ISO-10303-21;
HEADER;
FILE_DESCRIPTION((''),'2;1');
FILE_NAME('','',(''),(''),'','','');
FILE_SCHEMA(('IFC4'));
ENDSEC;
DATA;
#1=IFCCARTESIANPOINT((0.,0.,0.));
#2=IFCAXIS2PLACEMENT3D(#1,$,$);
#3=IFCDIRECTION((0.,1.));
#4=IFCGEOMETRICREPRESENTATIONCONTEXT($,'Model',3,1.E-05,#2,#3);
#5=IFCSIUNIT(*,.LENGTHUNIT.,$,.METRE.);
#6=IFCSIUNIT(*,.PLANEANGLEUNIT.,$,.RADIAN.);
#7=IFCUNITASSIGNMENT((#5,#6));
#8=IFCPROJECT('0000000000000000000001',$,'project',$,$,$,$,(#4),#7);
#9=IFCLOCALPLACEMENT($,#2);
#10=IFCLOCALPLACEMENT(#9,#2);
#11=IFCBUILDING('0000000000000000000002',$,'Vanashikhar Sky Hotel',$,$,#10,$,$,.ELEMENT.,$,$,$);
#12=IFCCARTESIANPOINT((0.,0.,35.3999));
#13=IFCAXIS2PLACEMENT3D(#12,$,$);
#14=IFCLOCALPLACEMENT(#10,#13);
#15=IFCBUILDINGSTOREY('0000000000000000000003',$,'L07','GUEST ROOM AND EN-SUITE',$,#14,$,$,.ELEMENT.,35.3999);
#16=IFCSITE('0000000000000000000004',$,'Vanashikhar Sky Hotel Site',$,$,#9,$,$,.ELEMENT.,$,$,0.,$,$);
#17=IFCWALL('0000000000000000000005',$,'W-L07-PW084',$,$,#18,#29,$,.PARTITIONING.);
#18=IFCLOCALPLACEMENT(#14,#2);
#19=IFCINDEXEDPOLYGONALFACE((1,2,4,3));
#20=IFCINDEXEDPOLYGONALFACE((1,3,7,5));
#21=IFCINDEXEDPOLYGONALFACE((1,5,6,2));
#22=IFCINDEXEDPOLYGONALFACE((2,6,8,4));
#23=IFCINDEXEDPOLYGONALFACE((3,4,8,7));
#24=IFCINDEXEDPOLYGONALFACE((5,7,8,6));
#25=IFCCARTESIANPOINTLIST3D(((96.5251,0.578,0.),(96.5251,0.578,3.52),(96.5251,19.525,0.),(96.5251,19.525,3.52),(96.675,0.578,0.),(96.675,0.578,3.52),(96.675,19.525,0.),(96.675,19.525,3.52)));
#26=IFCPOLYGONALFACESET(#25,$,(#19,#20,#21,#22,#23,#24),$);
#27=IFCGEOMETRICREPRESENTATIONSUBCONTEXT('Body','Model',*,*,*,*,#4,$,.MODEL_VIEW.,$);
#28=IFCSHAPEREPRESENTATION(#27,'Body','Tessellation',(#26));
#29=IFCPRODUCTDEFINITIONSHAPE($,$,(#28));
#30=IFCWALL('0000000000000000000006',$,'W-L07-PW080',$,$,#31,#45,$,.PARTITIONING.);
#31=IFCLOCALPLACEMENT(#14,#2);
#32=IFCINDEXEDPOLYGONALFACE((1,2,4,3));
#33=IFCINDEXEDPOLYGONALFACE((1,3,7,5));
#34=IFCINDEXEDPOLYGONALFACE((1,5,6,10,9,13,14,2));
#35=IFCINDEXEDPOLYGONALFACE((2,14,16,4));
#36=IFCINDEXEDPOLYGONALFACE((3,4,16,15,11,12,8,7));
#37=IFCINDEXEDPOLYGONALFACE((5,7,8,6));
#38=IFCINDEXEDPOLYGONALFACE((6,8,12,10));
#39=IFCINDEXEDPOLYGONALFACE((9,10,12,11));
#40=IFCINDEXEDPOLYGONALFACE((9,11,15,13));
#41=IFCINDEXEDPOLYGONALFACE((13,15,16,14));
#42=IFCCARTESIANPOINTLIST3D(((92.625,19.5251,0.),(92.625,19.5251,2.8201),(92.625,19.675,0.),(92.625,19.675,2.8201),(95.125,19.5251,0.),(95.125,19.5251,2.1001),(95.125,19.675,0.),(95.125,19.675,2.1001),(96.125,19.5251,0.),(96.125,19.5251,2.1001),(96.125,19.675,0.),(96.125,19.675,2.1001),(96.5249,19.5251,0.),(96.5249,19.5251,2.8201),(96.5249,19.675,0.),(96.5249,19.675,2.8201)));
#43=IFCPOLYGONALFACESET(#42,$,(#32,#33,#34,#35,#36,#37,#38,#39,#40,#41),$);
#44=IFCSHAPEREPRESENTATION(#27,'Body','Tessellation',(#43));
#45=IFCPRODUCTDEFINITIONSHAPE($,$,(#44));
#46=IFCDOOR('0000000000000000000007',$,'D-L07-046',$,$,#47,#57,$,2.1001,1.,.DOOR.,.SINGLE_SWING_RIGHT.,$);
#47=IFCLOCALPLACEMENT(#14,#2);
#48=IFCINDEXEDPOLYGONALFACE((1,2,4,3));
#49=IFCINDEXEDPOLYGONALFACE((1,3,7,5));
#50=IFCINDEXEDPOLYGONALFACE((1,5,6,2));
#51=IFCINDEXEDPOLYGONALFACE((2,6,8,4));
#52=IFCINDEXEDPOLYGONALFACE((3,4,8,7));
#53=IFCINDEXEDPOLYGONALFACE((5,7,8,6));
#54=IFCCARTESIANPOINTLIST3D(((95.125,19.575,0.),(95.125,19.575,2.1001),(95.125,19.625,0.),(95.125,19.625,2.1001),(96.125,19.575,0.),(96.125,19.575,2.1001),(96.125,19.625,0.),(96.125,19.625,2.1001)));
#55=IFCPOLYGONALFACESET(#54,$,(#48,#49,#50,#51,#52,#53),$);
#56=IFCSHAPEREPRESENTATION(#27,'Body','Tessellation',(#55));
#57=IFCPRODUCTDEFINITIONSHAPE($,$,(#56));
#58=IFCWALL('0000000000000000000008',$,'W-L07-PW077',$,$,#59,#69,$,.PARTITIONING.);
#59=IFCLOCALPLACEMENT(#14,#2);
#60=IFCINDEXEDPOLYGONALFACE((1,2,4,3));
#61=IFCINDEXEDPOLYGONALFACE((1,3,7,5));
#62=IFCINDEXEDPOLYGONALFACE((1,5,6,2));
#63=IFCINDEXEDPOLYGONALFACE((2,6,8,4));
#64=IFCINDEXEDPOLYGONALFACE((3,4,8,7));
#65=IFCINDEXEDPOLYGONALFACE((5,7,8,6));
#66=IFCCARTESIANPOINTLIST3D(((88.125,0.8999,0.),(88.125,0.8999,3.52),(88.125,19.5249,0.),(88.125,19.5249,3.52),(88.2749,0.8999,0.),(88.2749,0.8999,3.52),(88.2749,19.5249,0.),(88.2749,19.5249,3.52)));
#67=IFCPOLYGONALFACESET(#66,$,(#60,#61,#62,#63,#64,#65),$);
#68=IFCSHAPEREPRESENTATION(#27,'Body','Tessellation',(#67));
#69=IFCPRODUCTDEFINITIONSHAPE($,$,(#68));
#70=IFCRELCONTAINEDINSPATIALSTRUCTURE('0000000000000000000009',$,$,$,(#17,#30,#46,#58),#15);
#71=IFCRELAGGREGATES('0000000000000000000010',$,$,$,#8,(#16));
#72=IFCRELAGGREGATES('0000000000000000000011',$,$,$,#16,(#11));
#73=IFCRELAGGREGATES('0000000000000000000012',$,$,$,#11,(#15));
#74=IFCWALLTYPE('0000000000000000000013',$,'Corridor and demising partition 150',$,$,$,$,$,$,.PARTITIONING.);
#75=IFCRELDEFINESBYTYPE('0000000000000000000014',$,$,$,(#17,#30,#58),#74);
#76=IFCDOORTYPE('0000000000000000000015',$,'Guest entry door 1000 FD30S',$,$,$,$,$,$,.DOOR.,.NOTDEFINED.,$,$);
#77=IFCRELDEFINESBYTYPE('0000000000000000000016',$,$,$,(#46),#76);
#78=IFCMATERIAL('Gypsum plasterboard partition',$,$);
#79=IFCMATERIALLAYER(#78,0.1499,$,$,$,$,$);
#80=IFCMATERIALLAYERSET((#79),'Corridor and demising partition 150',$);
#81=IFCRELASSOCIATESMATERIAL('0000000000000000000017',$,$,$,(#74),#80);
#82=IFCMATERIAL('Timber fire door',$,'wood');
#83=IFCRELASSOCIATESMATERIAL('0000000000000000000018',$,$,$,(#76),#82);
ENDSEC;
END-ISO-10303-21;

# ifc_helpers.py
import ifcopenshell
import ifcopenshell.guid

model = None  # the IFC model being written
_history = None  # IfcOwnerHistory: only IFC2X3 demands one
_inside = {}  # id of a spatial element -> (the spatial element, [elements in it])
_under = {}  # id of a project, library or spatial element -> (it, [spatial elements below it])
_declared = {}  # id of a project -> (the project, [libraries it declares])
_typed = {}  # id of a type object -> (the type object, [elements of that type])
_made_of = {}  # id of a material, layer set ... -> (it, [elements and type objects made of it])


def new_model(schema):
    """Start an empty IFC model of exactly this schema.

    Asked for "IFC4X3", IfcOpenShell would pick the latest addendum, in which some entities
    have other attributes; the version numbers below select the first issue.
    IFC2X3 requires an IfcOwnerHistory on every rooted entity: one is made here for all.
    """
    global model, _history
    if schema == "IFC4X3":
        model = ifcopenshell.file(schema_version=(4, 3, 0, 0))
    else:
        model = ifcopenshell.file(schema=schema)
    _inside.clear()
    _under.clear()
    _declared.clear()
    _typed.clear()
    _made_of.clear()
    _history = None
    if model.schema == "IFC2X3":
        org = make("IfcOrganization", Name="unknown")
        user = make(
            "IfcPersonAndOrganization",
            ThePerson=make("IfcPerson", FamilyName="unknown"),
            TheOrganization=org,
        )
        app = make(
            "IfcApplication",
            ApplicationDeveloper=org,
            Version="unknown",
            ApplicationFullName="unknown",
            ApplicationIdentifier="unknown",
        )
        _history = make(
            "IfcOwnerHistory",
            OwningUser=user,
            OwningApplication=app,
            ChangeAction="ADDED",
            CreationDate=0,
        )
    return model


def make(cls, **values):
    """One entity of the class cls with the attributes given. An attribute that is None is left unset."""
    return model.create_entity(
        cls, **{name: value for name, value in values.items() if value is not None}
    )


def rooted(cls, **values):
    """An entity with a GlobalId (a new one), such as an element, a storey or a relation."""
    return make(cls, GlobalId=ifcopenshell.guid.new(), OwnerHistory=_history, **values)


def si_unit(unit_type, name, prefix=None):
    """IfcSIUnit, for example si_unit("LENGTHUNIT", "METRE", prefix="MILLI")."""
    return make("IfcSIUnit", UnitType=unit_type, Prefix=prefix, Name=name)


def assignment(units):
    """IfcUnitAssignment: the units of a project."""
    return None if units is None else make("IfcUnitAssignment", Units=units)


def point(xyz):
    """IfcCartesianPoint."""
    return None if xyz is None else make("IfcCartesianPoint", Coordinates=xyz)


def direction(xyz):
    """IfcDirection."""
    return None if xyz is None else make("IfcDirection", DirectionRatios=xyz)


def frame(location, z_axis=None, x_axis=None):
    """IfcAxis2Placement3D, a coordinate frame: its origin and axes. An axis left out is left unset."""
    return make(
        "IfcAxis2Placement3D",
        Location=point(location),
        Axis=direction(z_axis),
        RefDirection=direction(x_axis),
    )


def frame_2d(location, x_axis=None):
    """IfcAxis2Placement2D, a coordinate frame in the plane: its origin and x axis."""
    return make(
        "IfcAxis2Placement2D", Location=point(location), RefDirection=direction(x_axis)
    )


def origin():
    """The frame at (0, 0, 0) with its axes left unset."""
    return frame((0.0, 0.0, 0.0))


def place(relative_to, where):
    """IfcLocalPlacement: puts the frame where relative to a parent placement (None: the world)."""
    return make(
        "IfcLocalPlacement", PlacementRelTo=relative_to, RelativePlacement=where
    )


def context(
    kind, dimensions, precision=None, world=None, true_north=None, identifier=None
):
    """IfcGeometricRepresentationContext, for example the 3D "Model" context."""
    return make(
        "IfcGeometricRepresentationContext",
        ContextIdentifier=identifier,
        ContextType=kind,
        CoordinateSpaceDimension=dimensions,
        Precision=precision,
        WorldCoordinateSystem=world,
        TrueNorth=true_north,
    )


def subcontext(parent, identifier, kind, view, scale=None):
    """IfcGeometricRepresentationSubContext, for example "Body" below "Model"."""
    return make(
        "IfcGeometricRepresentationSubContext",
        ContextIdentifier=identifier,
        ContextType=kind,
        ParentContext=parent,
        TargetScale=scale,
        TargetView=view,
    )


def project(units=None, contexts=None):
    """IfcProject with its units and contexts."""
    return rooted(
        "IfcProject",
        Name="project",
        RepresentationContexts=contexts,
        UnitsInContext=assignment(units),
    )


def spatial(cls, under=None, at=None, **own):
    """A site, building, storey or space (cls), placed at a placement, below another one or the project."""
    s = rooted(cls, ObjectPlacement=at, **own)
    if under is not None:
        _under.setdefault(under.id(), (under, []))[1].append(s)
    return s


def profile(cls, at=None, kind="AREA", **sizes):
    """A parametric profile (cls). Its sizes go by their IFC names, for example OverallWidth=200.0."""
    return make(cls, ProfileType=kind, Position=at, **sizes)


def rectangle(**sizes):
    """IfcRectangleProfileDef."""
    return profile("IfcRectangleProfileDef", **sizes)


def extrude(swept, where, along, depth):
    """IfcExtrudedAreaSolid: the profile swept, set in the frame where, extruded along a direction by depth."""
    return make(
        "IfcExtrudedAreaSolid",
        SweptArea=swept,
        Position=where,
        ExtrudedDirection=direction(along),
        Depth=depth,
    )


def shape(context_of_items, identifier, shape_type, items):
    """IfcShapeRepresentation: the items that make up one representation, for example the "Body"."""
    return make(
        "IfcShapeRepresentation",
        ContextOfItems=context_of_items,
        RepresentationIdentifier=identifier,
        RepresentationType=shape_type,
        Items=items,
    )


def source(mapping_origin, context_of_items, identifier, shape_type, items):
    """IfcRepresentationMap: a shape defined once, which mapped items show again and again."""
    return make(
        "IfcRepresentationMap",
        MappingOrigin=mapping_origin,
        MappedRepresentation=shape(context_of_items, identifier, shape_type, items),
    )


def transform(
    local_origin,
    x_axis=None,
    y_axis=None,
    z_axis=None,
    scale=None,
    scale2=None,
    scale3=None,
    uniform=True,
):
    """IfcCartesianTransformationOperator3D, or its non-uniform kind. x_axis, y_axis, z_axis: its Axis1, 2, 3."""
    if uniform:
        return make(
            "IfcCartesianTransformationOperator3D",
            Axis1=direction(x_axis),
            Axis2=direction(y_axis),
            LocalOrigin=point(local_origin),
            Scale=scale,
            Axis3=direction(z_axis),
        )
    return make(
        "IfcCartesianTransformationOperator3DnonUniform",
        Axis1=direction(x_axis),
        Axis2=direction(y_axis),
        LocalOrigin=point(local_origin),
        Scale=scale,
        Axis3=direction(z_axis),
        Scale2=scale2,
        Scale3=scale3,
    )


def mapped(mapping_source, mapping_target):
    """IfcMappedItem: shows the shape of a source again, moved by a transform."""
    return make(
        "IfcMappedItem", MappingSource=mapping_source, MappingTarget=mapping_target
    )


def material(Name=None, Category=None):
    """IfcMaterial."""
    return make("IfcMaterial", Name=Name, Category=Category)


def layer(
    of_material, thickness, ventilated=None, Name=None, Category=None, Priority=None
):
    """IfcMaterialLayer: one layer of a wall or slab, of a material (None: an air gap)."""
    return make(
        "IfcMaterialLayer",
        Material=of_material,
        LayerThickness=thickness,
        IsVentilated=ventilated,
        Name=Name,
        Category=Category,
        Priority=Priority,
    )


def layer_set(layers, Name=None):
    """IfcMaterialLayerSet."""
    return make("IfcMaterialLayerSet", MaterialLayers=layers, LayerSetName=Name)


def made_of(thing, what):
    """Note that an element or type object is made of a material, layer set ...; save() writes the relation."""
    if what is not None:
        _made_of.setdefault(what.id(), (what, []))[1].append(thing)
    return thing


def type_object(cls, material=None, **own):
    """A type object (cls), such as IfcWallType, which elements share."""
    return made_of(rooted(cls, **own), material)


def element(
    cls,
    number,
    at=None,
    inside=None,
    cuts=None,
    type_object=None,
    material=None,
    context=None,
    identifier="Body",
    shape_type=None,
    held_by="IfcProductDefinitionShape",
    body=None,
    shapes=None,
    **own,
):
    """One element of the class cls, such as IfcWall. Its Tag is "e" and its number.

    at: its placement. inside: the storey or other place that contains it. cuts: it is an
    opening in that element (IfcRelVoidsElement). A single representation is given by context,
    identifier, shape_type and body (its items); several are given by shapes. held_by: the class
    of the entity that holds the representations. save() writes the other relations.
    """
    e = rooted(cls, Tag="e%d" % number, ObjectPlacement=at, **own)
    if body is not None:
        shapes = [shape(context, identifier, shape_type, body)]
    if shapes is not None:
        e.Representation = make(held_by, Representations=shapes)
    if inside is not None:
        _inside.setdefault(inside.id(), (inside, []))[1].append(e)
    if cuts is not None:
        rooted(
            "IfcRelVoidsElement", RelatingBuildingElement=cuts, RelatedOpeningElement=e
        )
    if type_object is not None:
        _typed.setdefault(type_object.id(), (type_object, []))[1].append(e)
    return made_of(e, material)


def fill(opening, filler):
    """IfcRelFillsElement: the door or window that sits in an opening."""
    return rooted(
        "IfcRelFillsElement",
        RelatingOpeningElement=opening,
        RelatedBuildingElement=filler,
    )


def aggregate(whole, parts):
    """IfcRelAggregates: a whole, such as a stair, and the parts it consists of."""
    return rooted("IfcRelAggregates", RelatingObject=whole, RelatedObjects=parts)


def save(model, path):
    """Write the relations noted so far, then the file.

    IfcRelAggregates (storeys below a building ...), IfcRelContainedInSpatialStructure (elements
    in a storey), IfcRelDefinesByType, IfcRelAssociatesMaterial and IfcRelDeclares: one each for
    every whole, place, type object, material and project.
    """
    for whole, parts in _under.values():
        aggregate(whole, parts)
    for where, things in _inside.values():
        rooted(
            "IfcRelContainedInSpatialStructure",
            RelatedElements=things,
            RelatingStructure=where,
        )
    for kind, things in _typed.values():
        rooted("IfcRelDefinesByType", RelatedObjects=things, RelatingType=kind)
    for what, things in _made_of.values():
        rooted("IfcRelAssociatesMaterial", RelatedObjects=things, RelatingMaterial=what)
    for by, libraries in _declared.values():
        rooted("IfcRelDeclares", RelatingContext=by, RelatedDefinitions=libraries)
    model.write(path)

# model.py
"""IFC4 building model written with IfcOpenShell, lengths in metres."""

from ifc_helpers import new_model, si_unit, direction, frame, frame_2d, origin, place, context, subcontext, project, spatial, rectangle, extrude, source, transform, mapped, material, layer, layer_set, type_object, element, fill, save


model = new_model("IFC4")

# Units and contexts
model_context = context("Model", 3, precision=1e-05, world=origin(), true_north=direction((0.0, 1.0)))
body_context = subcontext(model_context, "Body", "Model", "MODEL_VIEW")
ifc_project = project(units=[si_unit("LENGTHUNIT", "METRE"), si_unit("PLANEANGLEUNIT", "RADIAN")], contexts=[model_context])

# Site, building, storey
site_placement = place(None, origin())
site = spatial("IfcSite", under=ifc_project, at=site_placement, Name="Vanashikhar Sky Hotel Site", CompositionType="ELEMENT", RefElevation=0.0)
building_placement = place(site_placement, origin())
building = spatial("IfcBuilding", under=site, at=building_placement, Name="Vanashikhar Sky Hotel", CompositionType="ELEMENT")
storey_placement = place(building_placement, frame((0.0, 0.0, 35.3999)))
storey = spatial("IfcBuildingStorey", under=building, at=storey_placement, Name="L07", Description="GUEST ROOM AND EN-SUITE", CompositionType="ELEMENT", Elevation=35.3999)

# Shared definitions
ifc_material_1 = material(Name="Gypsum plasterboard partition")

# Shared definitions
ifc_layer_1 = layer(ifc_material_1, 0.1499)
ifc_layer_set_1 = layer_set([ifc_layer_1], Name="Corridor and demising partition 150")
wall_type_1 = type_object("IfcWallType", Name="Corridor and demising partition 150", PredefinedType="PARTITIONING", material=ifc_layer_set_1)
shared_shape_1 = source(origin(), body_context, "Body", "SweptSolid", [
    extrude(rectangle(XDim=1.0, YDim=2.1001, at=frame_2d((0.5, 1.05))), frame((0.0, 0.085, 0.0), z_axis=(0.0, -1.0, 0.0), x_axis=(1.0, 0.0, 0.0)), (0.0, 0.0, 1.0), 0.1699),
])
ifc_material_2 = material(Name="Timber fire door", Category="wood")
door_type_1 = type_object("IfcDoorType", Name="Guest entry door 1000 FD30S", OperationType="NOTDEFINED", PredefinedType="DOOR", material=ifc_material_2)
shared_shape_2 = source(origin(), body_context, "Body", "SweptSolid", [
    extrude(rectangle(XDim=1.0, YDim=2.1001, at=frame_2d((0.5, 1.05))), frame((0.0, 0.0249, 0.0), z_axis=(0.0, -1.0, 0.0), x_axis=(1.0, 0.0, 0.0)), (0.0, 0.0, 1.0), 0.05),
])

# Wall
shared_shape_3 = source(origin(), body_context, "Body", "SweptSolid", [
    extrude(rectangle(XDim=18.947, YDim=0.1499, at=frame_2d((9.4736, 0.0))), origin(), (0.0, 0.0, 1.0), 3.52),
])
wall_1_placement = place(storey_placement, frame((96.6001, 0.5779, 0.0), z_axis=(0.0, 0.0, 1.0), x_axis=(0.0, 1.0, 0.0)))
element("IfcWall", 1, at=wall_1_placement, inside=storey, type_object=wall_type_1, Name="W-L07-PW084", PredefinedType="PARTITIONING", context=body_context, shape_type="MappedRepresentation", body=[
    mapped(shared_shape_3, transform((0.0, 0.0, 0.0), scale=1.0)),
])

# Wall, opening, door
shared_shape_4 = source(origin(), body_context, "Body", "SweptSolid", [
    extrude(rectangle(XDim=3.8999, YDim=0.1499, at=frame_2d((1.95, 0.0))), origin(), (0.0, 0.0, 1.0), 2.8201),
])
wall_2_placement = place(storey_placement, frame((92.625, 19.6001, 0.0), z_axis=(0.0, 0.0, 1.0), x_axis=(1.0, 0.0, 0.0)))
wall_2 = element("IfcWall", 2, at=wall_2_placement, inside=storey, type_object=wall_type_1, Name="W-L07-PW080", PredefinedType="PARTITIONING", context=body_context, shape_type="MappedRepresentation", body=[
    mapped(shared_shape_4, transform((0.0, 0.0, 0.0), scale=1.0)),
])
opening_1_placement = place(wall_2_placement, frame((2.5, 0.0, 0.0)))
opening_1 = element("IfcOpeningElement", 3, at=opening_1_placement, cuts=wall_2, PredefinedType="OPENING", context=body_context, shape_type="MappedRepresentation", body=[
    mapped(shared_shape_1, transform((0.0, 0.0, 0.0), scale=1.0)),
])
door_1_placement = place(opening_1_placement, origin())
door_1 = element("IfcDoor", 4, at=door_1_placement, inside=storey, type_object=door_type_1, Name="D-L07-046", OperationType="SINGLE_SWING_RIGHT", OverallHeight=2.1001, OverallWidth=1.0, PredefinedType="DOOR", context=body_context, shape_type="MappedRepresentation", body=[
    mapped(shared_shape_2, transform((0.0, 0.0, 0.0), scale=1.0)),
])
fill(opening_1, door_1)

# Wall
shared_shape_5 = source(origin(), body_context, "Body", "SweptSolid", [
    extrude(rectangle(XDim=18.625, YDim=0.1499, at=frame_2d((9.3125, 0.0))), origin(), (0.0, 0.0, 1.0), 3.52),
])
wall_3_placement = place(storey_placement, frame((88.2, 0.8999, 0.0), z_axis=(0.0, 0.0, 1.0), x_axis=(0.0, 1.0, 0.0)))
element("IfcWall", 5, at=wall_3_placement, inside=storey, type_object=wall_type_1, Name="W-L07-PW077", PredefinedType="PARTITIONING", context=body_context, shape_type="MappedRepresentation", body=[
    mapped(shared_shape_5, transform((0.0, 0.0, 0.0), scale=1.0)),
])

save(model, "model.ifc")
